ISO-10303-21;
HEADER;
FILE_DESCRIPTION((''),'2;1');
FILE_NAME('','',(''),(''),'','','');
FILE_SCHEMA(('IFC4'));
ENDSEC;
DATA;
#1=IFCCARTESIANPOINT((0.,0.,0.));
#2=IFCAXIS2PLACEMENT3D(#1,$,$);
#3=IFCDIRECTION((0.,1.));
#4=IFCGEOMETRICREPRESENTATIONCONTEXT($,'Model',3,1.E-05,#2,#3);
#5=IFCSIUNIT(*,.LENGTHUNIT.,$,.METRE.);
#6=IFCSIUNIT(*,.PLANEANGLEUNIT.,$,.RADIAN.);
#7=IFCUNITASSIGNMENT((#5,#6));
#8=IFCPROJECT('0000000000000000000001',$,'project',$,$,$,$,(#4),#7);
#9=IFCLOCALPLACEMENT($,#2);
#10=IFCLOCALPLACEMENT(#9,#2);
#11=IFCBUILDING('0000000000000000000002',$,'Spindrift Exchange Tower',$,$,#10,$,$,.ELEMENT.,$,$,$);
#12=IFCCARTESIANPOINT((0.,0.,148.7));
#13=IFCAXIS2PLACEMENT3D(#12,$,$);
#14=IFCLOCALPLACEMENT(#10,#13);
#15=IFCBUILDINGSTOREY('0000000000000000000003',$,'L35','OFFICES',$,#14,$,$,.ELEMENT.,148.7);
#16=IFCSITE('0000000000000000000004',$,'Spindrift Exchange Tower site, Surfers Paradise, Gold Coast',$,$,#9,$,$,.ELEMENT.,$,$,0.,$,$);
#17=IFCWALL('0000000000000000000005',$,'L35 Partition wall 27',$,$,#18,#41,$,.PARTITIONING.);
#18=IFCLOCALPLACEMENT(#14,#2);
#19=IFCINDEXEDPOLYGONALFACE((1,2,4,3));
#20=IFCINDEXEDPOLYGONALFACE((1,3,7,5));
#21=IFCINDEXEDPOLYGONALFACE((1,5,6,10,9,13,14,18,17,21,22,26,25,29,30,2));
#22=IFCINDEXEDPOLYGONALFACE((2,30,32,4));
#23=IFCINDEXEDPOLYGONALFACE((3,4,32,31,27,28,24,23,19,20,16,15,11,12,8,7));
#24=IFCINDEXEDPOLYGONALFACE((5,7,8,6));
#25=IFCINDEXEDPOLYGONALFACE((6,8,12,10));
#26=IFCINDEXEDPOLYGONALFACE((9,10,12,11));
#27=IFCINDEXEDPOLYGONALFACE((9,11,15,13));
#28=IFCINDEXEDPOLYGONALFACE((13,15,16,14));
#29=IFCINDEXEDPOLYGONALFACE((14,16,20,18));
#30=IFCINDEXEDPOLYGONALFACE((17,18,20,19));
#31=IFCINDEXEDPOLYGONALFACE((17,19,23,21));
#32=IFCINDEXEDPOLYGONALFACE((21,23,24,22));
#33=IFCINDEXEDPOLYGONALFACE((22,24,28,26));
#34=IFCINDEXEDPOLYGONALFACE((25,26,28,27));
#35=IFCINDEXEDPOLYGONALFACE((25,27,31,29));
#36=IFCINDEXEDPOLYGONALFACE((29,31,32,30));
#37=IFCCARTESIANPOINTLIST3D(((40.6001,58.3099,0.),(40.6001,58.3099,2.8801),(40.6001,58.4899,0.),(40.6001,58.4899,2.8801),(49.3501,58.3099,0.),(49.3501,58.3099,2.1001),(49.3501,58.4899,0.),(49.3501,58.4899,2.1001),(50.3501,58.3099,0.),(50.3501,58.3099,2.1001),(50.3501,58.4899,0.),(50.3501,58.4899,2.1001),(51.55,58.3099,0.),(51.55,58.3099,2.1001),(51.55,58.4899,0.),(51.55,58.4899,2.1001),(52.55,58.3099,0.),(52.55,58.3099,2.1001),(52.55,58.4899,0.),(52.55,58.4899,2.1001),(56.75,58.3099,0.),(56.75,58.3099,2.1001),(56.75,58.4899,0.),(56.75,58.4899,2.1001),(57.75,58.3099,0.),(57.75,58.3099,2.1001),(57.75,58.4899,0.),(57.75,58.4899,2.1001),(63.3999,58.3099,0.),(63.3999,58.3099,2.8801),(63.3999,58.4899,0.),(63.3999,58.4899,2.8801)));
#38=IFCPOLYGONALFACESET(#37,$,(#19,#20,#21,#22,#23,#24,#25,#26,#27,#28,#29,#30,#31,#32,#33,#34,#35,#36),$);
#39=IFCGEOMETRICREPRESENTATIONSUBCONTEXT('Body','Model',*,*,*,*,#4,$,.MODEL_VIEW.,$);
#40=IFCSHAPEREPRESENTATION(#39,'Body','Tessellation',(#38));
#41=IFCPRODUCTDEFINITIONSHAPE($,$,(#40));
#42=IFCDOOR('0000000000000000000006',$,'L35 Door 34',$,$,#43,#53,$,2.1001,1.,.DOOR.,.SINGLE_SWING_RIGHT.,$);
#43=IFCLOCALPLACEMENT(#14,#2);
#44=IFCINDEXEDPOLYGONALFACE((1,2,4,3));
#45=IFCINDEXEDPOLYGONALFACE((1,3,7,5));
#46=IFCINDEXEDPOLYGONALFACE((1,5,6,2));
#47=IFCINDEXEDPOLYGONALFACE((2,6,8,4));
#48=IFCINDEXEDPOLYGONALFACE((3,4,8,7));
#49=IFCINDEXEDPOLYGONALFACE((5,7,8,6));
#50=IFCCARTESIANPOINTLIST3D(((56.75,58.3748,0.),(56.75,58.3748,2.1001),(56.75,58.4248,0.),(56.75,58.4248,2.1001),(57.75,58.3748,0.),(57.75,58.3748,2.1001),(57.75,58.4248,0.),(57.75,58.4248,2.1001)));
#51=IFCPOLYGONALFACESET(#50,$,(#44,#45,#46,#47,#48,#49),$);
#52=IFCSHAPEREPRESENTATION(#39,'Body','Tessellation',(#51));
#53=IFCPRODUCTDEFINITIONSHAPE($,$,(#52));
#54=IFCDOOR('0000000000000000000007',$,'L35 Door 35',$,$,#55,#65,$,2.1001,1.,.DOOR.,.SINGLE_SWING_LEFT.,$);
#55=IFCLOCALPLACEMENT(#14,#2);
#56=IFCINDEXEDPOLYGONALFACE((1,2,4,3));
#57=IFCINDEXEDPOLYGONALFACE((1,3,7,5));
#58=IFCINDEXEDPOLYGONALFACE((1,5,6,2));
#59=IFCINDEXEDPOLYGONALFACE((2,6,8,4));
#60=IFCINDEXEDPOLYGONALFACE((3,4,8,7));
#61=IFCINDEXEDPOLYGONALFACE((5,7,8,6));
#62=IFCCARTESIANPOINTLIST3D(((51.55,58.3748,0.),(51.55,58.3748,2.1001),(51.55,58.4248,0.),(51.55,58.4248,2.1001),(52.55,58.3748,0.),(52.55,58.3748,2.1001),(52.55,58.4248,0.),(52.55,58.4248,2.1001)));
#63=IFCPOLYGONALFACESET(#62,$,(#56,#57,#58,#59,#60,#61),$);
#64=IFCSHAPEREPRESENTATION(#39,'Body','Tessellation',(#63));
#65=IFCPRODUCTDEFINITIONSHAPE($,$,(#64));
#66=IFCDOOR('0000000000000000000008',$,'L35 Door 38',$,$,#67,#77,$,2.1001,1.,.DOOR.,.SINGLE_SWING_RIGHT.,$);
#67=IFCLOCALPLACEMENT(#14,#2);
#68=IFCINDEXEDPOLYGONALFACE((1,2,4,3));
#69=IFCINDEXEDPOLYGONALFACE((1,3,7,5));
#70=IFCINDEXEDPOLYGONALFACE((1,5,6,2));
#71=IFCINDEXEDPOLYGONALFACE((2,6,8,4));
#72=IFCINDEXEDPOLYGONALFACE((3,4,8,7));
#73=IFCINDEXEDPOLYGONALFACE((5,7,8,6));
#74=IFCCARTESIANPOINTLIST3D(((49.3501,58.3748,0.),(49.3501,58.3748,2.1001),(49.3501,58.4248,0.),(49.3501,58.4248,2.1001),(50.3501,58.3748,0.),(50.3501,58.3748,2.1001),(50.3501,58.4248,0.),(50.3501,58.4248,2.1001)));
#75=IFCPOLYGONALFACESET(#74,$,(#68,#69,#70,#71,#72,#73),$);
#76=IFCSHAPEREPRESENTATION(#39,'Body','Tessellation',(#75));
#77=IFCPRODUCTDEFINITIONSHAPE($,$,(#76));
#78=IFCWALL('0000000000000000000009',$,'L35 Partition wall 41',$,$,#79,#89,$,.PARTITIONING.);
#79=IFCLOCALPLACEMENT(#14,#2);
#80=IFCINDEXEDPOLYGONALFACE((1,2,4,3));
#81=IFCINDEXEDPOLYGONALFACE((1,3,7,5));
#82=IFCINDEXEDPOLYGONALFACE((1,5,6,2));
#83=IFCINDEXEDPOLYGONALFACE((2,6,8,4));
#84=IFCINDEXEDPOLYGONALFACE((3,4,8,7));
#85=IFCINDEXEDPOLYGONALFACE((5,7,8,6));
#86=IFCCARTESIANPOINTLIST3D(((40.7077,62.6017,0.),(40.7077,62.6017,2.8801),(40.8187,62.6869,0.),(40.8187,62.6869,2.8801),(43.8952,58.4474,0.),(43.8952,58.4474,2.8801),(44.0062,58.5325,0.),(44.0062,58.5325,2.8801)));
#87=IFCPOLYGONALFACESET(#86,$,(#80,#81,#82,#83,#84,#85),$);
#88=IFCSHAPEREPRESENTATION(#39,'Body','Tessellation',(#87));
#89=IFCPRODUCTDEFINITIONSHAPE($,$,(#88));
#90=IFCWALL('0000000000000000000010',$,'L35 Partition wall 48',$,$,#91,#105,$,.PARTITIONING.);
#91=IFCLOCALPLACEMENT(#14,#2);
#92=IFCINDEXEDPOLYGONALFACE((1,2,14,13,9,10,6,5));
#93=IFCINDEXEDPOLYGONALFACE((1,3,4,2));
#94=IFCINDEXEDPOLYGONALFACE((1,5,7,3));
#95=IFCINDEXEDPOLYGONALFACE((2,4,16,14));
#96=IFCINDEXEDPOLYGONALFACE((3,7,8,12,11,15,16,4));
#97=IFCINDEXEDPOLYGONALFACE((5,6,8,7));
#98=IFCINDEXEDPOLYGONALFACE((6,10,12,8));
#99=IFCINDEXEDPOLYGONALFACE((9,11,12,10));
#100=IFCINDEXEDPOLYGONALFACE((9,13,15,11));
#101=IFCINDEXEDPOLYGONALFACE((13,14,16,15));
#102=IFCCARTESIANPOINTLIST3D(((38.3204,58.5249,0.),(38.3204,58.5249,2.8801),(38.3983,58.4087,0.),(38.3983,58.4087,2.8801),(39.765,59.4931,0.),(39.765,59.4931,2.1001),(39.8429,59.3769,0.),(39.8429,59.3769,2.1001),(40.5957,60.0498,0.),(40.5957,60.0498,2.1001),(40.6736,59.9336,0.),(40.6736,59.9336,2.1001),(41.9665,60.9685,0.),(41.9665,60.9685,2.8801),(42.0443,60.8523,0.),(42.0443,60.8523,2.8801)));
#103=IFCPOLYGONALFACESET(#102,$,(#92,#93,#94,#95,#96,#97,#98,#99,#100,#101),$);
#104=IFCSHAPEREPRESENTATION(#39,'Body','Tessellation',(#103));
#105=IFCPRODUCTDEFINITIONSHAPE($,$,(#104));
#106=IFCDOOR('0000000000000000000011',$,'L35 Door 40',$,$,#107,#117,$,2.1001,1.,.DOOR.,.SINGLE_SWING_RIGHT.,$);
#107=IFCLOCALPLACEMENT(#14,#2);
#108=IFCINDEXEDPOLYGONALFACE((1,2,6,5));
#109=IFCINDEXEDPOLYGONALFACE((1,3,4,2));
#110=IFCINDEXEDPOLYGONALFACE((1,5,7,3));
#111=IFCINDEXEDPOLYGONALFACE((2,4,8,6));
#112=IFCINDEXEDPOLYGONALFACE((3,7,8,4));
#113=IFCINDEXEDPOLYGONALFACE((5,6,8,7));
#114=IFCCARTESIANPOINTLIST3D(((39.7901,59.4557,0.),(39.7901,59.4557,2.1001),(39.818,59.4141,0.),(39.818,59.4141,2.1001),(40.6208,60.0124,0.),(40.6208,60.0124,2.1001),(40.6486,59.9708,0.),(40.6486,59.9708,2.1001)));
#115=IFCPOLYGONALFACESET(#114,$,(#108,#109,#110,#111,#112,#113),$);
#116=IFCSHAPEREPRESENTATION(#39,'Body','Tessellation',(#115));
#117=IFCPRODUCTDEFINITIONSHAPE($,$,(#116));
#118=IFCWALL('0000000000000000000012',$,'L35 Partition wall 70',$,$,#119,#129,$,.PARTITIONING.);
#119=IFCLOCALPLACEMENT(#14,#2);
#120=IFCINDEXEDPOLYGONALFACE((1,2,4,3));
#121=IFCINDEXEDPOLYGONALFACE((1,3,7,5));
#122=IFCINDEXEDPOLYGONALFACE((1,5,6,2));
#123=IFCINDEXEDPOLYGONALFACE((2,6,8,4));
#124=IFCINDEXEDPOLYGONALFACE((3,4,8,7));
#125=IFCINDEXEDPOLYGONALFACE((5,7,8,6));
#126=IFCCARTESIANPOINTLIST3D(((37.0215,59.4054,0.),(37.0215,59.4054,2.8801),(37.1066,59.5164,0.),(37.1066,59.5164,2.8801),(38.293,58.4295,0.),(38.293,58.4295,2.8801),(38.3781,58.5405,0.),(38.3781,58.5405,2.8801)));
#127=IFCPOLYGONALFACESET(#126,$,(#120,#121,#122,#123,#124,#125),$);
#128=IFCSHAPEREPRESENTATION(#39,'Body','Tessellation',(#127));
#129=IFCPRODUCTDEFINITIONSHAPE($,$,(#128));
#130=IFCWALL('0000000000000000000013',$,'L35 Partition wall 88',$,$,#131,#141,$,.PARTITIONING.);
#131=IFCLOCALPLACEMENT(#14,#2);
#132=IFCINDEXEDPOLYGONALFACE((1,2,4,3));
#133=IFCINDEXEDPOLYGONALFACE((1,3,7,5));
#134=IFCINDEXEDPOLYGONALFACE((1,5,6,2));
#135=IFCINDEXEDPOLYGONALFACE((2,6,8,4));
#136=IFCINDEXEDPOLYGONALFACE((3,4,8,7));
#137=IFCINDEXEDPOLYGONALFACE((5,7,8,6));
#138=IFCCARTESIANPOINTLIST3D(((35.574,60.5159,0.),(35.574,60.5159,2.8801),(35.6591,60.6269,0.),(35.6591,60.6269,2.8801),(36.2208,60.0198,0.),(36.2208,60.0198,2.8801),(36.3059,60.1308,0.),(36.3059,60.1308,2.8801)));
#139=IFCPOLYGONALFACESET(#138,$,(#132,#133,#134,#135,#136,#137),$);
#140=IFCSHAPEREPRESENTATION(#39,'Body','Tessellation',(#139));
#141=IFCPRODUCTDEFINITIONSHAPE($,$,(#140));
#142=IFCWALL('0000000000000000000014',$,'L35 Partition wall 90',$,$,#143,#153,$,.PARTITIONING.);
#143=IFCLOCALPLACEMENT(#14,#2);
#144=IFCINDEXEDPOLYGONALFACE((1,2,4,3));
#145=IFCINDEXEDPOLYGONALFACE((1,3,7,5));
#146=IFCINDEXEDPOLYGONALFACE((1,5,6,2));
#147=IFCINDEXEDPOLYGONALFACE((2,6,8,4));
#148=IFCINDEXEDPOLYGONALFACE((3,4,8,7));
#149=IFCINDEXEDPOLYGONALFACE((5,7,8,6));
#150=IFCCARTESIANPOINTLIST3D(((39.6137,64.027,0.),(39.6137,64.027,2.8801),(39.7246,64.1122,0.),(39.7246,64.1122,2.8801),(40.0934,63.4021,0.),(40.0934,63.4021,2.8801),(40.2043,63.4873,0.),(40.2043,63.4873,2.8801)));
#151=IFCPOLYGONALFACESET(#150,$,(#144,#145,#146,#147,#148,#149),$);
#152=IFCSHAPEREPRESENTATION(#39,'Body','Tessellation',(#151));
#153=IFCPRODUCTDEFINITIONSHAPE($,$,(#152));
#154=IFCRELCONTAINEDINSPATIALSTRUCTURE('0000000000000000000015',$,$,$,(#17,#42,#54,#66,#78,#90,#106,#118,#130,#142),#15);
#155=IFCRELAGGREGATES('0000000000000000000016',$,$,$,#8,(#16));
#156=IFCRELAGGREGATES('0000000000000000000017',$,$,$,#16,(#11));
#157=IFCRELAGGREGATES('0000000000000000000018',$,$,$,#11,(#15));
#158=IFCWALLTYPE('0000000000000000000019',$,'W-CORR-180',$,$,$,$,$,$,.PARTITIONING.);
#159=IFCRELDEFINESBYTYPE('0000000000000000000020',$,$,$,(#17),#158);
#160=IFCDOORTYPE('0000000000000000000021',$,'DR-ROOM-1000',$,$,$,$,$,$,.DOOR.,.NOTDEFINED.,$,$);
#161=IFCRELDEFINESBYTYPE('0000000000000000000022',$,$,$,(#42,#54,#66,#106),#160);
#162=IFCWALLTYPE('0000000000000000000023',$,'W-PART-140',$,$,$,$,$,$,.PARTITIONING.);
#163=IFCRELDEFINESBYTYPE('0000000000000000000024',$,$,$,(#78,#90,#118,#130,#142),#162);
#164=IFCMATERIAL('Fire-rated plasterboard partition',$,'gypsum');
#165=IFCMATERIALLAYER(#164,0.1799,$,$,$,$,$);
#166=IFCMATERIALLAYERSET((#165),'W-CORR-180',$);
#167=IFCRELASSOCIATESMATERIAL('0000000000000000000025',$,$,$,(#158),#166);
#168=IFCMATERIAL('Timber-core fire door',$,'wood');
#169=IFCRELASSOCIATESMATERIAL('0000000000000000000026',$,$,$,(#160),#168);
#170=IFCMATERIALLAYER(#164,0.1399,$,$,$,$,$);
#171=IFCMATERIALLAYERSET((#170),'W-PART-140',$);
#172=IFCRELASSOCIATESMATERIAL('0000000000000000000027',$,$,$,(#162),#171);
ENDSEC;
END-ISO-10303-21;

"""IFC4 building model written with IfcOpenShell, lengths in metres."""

from ifc_helpers import new_model, si_unit, direction, frame, frame_2d, origin, place, context, subcontext, project, spatial, rectangle, extrude, source, transform, mapped, material, layer, layer_set, type_object, element, fill, save


model = new_model("IFC4")

# Units and contexts
model_context = context("Model", 3, precision=1e-05, world=origin(), true_north=direction((0.0, 1.0)))
body_context = subcontext(model_context, "Body", "Model", "MODEL_VIEW")
ifc_project = project(units=[si_unit("LENGTHUNIT", "METRE"), si_unit("PLANEANGLEUNIT", "RADIAN")], contexts=[model_context])

# Site, building, storey
site_placement = place(None, origin())
site = spatial("IfcSite", under=ifc_project, at=site_placement, Name="Spindrift Exchange Tower site, Surfers Paradise, Gold Coast", CompositionType="ELEMENT", RefElevation=0.0)
building_placement = place(site_placement, origin())
building = spatial("IfcBuilding", under=site, at=building_placement, Name="Spindrift Exchange Tower", CompositionType="ELEMENT")
storey_placement = place(building_placement, frame((0.0, 0.0, 148.7)))
storey = spatial("IfcBuildingStorey", under=building, at=storey_placement, Name="L35", Description="OFFICES", CompositionType="ELEMENT", Elevation=148.7)

# Wall, openings, doors
ifc_material_1 = material(Name="Fire-rated plasterboard partition", Category="gypsum")
ifc_layer_1 = layer(ifc_material_1, 0.1799)
ifc_layer_set_1 = layer_set([ifc_layer_1], Name="W-CORR-180")
wall_type_1 = type_object("IfcWallType", Name="W-CORR-180", PredefinedType="PARTITIONING", material=ifc_layer_set_1)
wall_1_placement = place(storey_placement, frame((40.6001, 58.3999, 0.0), z_axis=(0.0, 0.0, 1.0), x_axis=(1.0, 0.0, 0.0)))
wall_1 = element("IfcWall", 1, at=wall_1_placement, inside=storey, type_object=wall_type_1, Name="L35 Partition wall 27", PredefinedType="PARTITIONING", context=body_context, shape_type="SweptSolid", body=[
    extrude(rectangle(XDim=22.7998, YDim=0.1799, at=frame_2d((11.3999, 0.0))), origin(), (0.0, 0.0, 1.0), 2.8801),
])
opening_1_placement = place(wall_1_placement, frame((16.1499, 0.0, 0.0)))
opening_1 = element("IfcOpeningElement", 2, at=opening_1_placement, cuts=wall_1, PredefinedType="OPENING", context=body_context, shape_type="SweptSolid", body=[
    extrude(rectangle(XDim=1.0, YDim=2.1001, at=frame_2d((0.5, 1.05))), frame((0.0, 0.0999, 0.0), z_axis=(0.0, -1.0, 0.0), x_axis=(1.0, 0.0, 0.0)), (0.0, 0.0, 1.0), 0.2),
])
opening_2_placement = place(wall_1_placement, frame((10.95, 0.0, 0.0)))
opening_2 = element("IfcOpeningElement", 3, at=opening_2_placement, cuts=wall_1, PredefinedType="OPENING", context=body_context, shape_type="SweptSolid", body=[
    extrude(rectangle(XDim=1.0, YDim=2.1001, at=frame_2d((0.5, 1.05))), frame((0.0, 0.0999, 0.0), z_axis=(0.0, -1.0, 0.0), x_axis=(1.0, 0.0, 0.0)), (0.0, 0.0, 1.0), 0.2),
])
opening_3_placement = place(wall_1_placement, frame((8.75, 0.0, 0.0)))
opening_3 = element("IfcOpeningElement", 4, at=opening_3_placement, cuts=wall_1, PredefinedType="OPENING", context=body_context, shape_type="SweptSolid", body=[
    extrude(rectangle(XDim=1.0, YDim=2.1001, at=frame_2d((0.5, 1.05))), frame((0.0, 0.0999, 0.0), z_axis=(0.0, -1.0, 0.0), x_axis=(1.0, 0.0, 0.0)), (0.0, 0.0, 1.0), 0.2),
])
ifc_material_2 = material(Name="Timber-core fire door", Category="wood")
door_type = type_object("IfcDoorType", Name="DR-ROOM-1000", OperationType="NOTDEFINED", PredefinedType="DOOR", material=ifc_material_2)
shared_shape_1 = source(origin(), body_context, "Body", "SweptSolid", [
    extrude(rectangle(XDim=1.0, YDim=2.1001, at=frame_2d((0.5, 1.05))), frame((0.0, 0.0249, 0.0), z_axis=(0.0, -1.0, 0.0), x_axis=(1.0, 0.0, 0.0)), (0.0, 0.0, 1.0), 0.05),
])
door_1_placement = place(opening_1_placement, origin())
door_1 = element("IfcDoor", 5, at=door_1_placement, inside=storey, type_object=door_type, Name="L35 Door 34", OperationType="SINGLE_SWING_RIGHT", OverallHeight=2.1001, OverallWidth=1.0, PredefinedType="DOOR", context=body_context, shape_type="MappedRepresentation", body=[
    mapped(shared_shape_1, transform((0.0, 0.0, 0.0), scale=1.0)),
])
fill(opening_1, door_1)
door_2_placement = place(opening_2_placement, origin())
door_2 = element("IfcDoor", 6, at=door_2_placement, inside=storey, type_object=door_type, Name="L35 Door 35", OperationType="SINGLE_SWING_LEFT", OverallHeight=2.1001, OverallWidth=1.0, PredefinedType="DOOR", context=body_context, shape_type="MappedRepresentation", body=[
    mapped(shared_shape_1, transform((0.0, 0.0, 0.0), scale=1.0)),
])
fill(opening_2, door_2)
door_3_placement = place(opening_3_placement, origin())
door_3 = element("IfcDoor", 7, at=door_3_placement, inside=storey, type_object=door_type, Name="L35 Door 38", OperationType="SINGLE_SWING_RIGHT", OverallHeight=2.1001, OverallWidth=1.0, PredefinedType="DOOR", context=body_context, shape_type="MappedRepresentation", body=[
    mapped(shared_shape_1, transform((0.0, 0.0, 0.0), scale=1.0)),
])
fill(opening_3, door_3)

# Wall
ifc_layer_2 = layer(ifc_material_1, 0.1399)
ifc_layer_set_2 = layer_set([ifc_layer_2], Name="W-PART-140")
wall_type_2 = type_object("IfcWallType", Name="W-PART-140", PredefinedType="PARTITIONING", material=ifc_layer_set_2)
wall_2_placement = place(storey_placement, frame((40.7632, 62.6443, 0.0), z_axis=(0.0, 0.0, 1.0), x_axis=(0.608737, -0.793372, 0.0)))
element("IfcWall", 8, at=wall_2_placement, inside=storey, type_object=wall_type_2, Name="L35 Partition wall 41", PredefinedType="PARTITIONING", context=body_context, shape_type="SweptSolid", body=[
    extrude(rectangle(XDim=5.2363, YDim=0.1399, at=frame_2d((2.6182, 0.0))), origin(), (0.0, 0.0, 1.0), 2.8801),
])

# Wall, opening, door
wall_3_placement = place(storey_placement, frame((38.3594, 58.4668, 0.0), z_axis=(0.0, 0.0, 1.0), x_axis=(0.830687, 0.556739, 0.0)))
wall_3 = element("IfcWall", 9, at=wall_3_placement, inside=storey, type_object=wall_type_2, Name="L35 Partition wall 48", PredefinedType="PARTITIONING", context=body_context, shape_type="SweptSolid", body=[
    extrude(rectangle(XDim=4.3892, YDim=0.1399, at=frame_2d((2.1946, 0.0))), origin(), (0.0, 0.0, 1.0), 2.8801),
])
opening_4_placement = place(wall_3_placement, frame((1.739, 0.0, 0.0)))
opening_4 = element("IfcOpeningElement", 10, at=opening_4_placement, cuts=wall_3, PredefinedType="OPENING", context=body_context, shape_type="SweptSolid", body=[
    extrude(rectangle(XDim=1.0, YDim=2.1001, at=frame_2d((0.5, 1.05))), frame((0.0, 0.0798, 0.0), z_axis=(0.0, -1.0, 0.0), x_axis=(1.0, 0.0, 0.0)), (0.0, 0.0, 1.0), 0.1599),
])
door_4_placement = place(opening_4_placement, origin())
door_4 = element("IfcDoor", 11, at=door_4_placement, inside=storey, type_object=door_type, Name="L35 Door 40", OperationType="SINGLE_SWING_RIGHT", OverallHeight=2.1001, OverallWidth=1.0, PredefinedType="DOOR", context=body_context, shape_type="MappedRepresentation", body=[
    mapped(shared_shape_1, transform((0.0, 0.0, 0.0), scale=1.0)),
])
fill(opening_4, door_4)

# Walls
wall_4_placement = place(storey_placement, frame((38.3354, 58.4851, 0.0), z_axis=(0.0, 0.0, 1.0), x_axis=(-0.793297, 0.608834, 0.0)))
element("IfcWall", 12, at=wall_4_placement, inside=storey, type_object=wall_type_2, Name="L35 Partition wall 70", PredefinedType="PARTITIONING", context=body_context, shape_type="SweptSolid", body=[
    extrude(rectangle(XDim=1.6028, YDim=0.1399, at=frame_2d((0.8013, 0.0))), origin(), (0.0, 0.0, 1.0), 2.8801),
])
wall_5_placement = place(storey_placement, frame((36.2634, 60.0752, 0.0), z_axis=(0.0, 0.0, 1.0), x_axis=(-0.793447, 0.608639, 0.0)))
element("IfcWall", 13, at=wall_5_placement, inside=storey, type_object=wall_type_2, Name="L35 Partition wall 88", PredefinedType="PARTITIONING", context=body_context, shape_type="SweptSolid", body=[
    extrude(rectangle(XDim=0.8152, YDim=0.1399, at=frame_2d((0.4077, 0.0))), origin(), (0.0, 0.0, 1.0), 2.8801),
])
wall_6_placement = place(storey_placement, frame((40.1489, 63.4446, 0.0), z_axis=(0.0, 0.0, 1.0), x_axis=(-0.608887, 0.793257, 0.0)))
element("IfcWall", 14, at=wall_6_placement, inside=storey, type_object=wall_type_2, Name="L35 Partition wall 90", PredefinedType="PARTITIONING", context=body_context, shape_type="SweptSolid", body=[
    extrude(rectangle(XDim=0.7878, YDim=0.1399, at=frame_2d((0.394, 0.0))), origin(), (0.0, 0.0, 1.0), 2.8801),
])

save(model, "model.ifc")
